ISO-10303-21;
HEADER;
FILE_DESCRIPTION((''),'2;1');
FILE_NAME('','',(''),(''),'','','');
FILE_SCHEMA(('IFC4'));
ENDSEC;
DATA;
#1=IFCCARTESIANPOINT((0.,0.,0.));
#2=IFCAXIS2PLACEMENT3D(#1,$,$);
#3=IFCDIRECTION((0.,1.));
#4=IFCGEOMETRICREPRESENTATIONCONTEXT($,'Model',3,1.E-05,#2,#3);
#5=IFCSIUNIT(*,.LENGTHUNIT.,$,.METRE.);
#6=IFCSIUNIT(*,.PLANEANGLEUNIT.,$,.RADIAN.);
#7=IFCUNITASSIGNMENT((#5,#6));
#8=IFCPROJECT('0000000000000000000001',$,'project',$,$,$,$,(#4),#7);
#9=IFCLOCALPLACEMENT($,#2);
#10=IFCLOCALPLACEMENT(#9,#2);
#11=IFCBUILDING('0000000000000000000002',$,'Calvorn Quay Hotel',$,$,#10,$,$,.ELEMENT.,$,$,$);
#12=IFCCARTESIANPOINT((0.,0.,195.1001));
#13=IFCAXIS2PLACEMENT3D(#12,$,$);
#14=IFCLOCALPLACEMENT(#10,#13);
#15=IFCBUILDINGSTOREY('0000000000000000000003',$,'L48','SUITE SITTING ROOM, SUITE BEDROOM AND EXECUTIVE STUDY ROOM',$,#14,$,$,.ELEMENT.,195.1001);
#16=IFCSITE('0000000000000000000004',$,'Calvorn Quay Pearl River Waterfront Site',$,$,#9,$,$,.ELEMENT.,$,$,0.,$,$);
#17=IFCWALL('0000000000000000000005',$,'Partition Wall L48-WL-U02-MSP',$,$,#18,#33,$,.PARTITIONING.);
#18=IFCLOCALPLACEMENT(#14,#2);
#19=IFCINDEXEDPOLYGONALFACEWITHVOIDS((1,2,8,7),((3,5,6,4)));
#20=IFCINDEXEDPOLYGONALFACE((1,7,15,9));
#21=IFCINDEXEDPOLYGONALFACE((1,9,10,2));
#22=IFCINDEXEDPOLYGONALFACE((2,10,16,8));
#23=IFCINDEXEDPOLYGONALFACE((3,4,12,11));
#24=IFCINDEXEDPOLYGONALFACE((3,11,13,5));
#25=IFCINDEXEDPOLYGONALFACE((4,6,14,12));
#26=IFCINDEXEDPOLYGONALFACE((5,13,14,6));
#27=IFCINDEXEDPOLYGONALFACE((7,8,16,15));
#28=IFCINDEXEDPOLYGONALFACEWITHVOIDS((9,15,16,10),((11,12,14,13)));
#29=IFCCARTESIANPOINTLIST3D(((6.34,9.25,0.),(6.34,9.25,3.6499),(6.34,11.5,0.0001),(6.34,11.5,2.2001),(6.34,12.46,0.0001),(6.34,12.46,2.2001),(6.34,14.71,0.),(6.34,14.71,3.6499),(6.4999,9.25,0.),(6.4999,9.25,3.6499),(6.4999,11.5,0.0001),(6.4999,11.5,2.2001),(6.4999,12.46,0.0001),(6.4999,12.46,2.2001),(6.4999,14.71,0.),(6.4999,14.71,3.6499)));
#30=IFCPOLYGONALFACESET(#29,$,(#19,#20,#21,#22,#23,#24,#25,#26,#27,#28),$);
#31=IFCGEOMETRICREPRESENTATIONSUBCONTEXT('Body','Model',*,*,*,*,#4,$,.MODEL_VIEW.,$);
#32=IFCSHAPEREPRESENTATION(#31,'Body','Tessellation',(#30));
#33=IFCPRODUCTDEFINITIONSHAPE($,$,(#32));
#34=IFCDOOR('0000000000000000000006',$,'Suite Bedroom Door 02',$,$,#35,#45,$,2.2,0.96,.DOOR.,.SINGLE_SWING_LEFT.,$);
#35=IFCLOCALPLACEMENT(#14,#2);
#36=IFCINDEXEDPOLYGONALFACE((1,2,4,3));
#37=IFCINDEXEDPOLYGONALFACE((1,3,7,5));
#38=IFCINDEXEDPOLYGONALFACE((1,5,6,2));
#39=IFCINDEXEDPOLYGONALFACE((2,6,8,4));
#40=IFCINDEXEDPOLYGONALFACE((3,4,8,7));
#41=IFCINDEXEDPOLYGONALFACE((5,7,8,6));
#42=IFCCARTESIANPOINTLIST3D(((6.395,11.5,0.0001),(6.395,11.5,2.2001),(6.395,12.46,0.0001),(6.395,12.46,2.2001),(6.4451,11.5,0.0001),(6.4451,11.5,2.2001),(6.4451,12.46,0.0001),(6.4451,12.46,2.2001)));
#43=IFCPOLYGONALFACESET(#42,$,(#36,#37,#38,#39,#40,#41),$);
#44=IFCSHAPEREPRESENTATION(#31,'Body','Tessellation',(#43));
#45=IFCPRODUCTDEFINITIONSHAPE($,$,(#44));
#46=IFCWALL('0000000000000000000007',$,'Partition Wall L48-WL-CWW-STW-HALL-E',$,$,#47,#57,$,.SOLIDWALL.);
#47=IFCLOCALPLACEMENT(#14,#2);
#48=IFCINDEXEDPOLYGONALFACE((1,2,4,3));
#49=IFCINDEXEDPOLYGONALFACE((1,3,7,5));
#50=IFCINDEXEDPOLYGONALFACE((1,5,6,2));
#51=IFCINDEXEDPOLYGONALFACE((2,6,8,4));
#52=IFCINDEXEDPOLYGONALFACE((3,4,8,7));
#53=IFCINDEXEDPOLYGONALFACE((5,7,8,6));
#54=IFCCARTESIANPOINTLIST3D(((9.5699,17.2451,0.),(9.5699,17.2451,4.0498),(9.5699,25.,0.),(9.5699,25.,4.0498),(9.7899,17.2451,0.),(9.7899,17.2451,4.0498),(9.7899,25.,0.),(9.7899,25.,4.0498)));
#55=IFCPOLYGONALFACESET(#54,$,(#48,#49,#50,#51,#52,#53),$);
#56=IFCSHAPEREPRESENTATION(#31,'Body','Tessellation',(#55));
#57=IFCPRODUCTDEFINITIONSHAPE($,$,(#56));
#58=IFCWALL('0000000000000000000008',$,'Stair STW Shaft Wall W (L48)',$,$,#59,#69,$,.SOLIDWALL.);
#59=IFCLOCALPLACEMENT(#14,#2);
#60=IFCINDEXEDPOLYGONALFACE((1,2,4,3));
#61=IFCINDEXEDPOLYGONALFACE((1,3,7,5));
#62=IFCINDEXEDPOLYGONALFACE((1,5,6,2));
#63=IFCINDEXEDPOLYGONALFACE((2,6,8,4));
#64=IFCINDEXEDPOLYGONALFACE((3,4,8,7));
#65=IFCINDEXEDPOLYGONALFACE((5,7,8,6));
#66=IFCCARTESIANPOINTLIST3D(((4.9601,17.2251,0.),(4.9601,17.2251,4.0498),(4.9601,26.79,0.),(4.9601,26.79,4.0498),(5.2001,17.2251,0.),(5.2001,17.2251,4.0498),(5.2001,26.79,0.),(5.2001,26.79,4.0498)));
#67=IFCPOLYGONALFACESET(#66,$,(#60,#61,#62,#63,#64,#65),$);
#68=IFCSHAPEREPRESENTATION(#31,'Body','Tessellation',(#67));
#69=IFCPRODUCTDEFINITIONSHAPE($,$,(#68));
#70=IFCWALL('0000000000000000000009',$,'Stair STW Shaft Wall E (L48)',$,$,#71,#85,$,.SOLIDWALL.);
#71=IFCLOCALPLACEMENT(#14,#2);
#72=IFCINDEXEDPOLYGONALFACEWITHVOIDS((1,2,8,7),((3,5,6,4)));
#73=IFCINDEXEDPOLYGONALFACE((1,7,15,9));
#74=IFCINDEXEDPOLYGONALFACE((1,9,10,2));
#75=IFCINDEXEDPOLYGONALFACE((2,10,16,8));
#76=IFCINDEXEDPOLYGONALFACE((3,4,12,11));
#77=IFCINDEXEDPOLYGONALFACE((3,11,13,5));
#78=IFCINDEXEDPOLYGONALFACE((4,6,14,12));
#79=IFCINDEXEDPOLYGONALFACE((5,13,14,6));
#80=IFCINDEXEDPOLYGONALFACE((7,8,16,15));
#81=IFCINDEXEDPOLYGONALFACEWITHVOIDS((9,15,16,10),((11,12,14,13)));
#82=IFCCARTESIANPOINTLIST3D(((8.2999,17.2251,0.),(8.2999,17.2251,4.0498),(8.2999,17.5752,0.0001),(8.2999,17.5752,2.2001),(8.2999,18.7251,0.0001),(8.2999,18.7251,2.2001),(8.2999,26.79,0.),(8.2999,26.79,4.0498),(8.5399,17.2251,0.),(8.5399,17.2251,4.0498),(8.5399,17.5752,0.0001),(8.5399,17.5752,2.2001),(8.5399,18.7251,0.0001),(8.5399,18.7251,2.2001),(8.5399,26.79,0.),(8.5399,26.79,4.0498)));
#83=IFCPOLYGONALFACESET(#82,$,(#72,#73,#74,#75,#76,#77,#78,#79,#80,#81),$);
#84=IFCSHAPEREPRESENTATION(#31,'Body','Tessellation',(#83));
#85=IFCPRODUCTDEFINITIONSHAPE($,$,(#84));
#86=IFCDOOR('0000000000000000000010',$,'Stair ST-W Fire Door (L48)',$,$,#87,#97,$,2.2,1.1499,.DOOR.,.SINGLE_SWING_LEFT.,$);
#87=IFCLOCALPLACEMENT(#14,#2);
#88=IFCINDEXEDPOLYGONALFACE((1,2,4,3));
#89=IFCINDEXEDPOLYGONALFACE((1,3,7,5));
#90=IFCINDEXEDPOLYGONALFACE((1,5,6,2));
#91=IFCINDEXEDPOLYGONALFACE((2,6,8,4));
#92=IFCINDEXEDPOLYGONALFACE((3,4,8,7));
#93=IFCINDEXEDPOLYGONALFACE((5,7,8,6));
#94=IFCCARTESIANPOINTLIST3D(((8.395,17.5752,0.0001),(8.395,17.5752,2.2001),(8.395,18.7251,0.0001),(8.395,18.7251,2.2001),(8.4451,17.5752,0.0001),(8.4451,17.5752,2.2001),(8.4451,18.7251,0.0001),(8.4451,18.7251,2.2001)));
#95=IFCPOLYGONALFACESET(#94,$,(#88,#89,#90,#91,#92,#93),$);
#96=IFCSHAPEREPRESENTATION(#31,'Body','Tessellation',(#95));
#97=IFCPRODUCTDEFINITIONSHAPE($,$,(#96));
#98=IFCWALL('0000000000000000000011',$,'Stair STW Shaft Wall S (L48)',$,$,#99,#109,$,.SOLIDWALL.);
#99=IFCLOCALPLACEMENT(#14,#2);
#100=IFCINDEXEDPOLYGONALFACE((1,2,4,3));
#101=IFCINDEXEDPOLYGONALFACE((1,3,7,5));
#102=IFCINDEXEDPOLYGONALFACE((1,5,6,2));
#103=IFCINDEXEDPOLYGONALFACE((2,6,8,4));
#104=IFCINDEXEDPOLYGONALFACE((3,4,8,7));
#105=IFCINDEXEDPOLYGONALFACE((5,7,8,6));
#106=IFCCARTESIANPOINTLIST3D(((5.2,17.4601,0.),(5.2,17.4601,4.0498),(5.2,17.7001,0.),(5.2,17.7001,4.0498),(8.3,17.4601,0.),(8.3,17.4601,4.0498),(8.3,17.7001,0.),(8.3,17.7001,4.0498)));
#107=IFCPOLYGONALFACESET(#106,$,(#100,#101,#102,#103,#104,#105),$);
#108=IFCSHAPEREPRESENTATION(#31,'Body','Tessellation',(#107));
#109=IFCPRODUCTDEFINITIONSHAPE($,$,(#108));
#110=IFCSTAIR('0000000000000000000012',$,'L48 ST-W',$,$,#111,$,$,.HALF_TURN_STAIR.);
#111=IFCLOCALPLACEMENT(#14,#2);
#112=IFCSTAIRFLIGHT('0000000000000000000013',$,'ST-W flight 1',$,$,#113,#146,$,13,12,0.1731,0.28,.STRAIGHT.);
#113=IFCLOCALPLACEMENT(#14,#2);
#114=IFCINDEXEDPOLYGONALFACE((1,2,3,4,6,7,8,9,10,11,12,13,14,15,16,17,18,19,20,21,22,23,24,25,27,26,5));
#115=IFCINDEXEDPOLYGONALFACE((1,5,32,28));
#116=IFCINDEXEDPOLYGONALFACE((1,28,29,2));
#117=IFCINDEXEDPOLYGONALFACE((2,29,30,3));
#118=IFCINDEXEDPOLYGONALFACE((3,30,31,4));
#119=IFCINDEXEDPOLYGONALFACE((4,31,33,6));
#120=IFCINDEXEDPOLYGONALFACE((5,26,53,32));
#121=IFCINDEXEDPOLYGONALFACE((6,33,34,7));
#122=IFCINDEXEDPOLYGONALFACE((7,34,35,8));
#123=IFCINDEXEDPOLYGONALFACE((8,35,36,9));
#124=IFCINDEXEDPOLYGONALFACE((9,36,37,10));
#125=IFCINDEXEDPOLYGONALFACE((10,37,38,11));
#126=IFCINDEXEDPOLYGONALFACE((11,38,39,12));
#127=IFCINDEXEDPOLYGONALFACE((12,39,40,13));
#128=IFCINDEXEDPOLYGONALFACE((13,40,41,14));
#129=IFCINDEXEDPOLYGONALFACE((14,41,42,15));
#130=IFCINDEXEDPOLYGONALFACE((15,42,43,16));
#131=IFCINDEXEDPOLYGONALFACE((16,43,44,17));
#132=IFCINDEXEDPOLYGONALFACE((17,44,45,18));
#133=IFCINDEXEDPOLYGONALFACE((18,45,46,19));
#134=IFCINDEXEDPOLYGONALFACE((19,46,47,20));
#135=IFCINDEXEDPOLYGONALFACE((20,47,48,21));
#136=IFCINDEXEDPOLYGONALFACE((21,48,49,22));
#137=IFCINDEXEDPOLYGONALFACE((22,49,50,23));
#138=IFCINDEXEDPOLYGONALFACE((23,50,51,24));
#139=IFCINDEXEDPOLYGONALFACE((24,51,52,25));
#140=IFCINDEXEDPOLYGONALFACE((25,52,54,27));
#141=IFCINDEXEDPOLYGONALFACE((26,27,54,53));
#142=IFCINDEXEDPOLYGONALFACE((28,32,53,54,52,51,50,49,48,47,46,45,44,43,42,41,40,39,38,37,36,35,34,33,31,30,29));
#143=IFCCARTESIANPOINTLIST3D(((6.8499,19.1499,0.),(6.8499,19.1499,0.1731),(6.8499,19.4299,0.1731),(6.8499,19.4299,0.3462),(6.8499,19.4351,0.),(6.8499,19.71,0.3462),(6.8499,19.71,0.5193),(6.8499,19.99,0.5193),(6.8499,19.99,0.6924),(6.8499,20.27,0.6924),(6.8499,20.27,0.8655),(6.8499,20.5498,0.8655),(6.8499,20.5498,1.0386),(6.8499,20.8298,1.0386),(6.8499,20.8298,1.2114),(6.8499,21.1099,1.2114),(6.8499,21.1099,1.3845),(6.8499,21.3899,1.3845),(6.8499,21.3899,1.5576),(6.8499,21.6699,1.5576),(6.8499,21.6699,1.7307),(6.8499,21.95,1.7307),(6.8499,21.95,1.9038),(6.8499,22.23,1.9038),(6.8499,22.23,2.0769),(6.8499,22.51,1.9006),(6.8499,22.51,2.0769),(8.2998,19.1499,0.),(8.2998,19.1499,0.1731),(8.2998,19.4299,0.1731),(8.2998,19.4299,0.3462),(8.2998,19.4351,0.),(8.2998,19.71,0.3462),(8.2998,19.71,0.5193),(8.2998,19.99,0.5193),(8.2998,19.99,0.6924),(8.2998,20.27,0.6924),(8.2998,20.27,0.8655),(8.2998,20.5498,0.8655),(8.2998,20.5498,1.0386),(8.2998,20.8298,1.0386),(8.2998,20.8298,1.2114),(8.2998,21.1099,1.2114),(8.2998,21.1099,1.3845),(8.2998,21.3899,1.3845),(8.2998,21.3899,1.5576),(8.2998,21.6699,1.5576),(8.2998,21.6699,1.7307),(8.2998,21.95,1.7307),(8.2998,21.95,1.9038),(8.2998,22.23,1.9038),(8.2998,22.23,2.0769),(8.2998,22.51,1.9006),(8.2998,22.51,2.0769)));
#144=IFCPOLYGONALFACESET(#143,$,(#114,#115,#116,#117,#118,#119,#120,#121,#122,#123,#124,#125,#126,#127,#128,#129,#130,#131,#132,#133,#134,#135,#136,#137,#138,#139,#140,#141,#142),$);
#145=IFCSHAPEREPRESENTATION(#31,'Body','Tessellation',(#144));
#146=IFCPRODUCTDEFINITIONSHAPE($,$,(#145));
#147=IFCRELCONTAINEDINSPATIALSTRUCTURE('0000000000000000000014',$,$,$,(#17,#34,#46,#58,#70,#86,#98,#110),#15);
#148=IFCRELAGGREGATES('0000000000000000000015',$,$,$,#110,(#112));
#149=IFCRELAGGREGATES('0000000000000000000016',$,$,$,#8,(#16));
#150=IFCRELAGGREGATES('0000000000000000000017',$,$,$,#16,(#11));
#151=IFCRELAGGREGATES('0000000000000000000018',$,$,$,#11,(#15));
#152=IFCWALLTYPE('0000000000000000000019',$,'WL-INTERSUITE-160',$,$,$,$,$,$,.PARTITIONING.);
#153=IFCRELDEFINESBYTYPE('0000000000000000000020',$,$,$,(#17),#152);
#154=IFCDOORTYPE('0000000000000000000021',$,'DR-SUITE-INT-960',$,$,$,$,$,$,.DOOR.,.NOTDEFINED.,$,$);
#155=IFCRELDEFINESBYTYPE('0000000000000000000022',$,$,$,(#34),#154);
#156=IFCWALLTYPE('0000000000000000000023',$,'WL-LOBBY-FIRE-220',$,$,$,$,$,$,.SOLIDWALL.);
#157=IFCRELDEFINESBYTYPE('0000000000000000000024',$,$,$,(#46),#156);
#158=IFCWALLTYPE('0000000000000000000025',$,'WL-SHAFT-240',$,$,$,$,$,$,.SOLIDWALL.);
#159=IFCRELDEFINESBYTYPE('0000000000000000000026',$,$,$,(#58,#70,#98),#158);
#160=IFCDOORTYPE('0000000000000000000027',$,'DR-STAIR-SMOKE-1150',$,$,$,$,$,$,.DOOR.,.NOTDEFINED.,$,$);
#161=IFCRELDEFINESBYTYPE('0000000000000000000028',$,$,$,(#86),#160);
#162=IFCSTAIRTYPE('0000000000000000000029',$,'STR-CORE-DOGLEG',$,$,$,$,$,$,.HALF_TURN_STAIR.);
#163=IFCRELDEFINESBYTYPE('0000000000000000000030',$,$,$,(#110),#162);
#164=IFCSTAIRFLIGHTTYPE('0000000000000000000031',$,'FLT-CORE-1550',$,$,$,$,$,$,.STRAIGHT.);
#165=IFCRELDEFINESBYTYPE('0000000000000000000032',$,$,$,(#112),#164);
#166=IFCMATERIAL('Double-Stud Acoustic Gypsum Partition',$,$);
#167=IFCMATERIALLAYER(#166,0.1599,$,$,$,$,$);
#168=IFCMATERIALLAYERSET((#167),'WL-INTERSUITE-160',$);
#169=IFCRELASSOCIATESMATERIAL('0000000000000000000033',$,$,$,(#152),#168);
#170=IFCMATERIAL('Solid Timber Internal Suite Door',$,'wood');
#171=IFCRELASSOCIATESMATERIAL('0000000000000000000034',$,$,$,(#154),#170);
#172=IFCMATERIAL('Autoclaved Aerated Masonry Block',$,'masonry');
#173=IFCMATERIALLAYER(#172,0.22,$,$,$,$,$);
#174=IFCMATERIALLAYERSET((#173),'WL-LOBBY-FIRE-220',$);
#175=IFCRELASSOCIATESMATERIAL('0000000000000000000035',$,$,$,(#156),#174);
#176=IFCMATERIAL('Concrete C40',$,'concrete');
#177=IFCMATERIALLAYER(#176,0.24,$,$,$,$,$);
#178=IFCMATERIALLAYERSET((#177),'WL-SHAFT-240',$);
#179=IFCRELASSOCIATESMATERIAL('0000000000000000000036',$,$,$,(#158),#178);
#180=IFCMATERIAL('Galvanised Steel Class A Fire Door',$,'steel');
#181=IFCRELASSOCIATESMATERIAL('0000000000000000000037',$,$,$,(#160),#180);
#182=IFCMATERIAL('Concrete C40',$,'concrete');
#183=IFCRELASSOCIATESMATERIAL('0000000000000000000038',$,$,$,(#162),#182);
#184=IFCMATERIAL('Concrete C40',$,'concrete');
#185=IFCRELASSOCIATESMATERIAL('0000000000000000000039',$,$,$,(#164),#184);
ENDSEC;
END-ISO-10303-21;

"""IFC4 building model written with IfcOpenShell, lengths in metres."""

from ifc_helpers import new_model, si_unit, direction, frame, frame_2d, origin, place, context, subcontext, project, spatial, polyline, rectangle, outline, extrude, material, layer, layer_set, type_object, element, fill, aggregate, save


model = new_model("IFC4")

# Units and contexts
model_context = context("Model", 3, precision=1e-05, world=origin(), true_north=direction((0.0, 1.0)))
body_context = subcontext(model_context, "Body", "Model", "MODEL_VIEW")
ifc_project = project(units=[si_unit("LENGTHUNIT", "METRE"), si_unit("PLANEANGLEUNIT", "RADIAN")], contexts=[model_context])

# Site, building, storey
site_placement = place(None, origin())
site = spatial("IfcSite", under=ifc_project, at=site_placement, Name="Calvorn Quay Pearl River Waterfront Site", CompositionType="ELEMENT", RefElevation=0.0)
building_placement = place(site_placement, origin())
building = spatial("IfcBuilding", under=site, at=building_placement, Name="Calvorn Quay Hotel", CompositionType="ELEMENT")
storey_placement = place(building_placement, frame((0.0, 0.0, 195.1001)))
storey = spatial("IfcBuildingStorey", under=building, at=storey_placement, Name="L48", Description="SUITE SITTING ROOM, SUITE BEDROOM AND EXECUTIVE STUDY ROOM", CompositionType="ELEMENT", Elevation=195.1001)

# Wall, opening, door
ifc_material_1 = material(Name="Double-Stud Acoustic Gypsum Partition")
ifc_layer_1 = layer(ifc_material_1, 0.1599)
ifc_layer_set_1 = layer_set([ifc_layer_1], Name="WL-INTERSUITE-160")
wall_type_1 = type_object("IfcWallType", Name="WL-INTERSUITE-160", PredefinedType="PARTITIONING", material=ifc_layer_set_1)
wall_1_placement = place(storey_placement, frame((6.4199, 9.25, 0.0), z_axis=(0.0, 0.0, 1.0), x_axis=(0.0, 1.0, 0.0)))
wall_1 = element("IfcWall", 1, at=wall_1_placement, inside=storey, type_object=wall_type_1, Name="Partition Wall L48-WL-U02-MSP", PredefinedType="PARTITIONING", context=body_context, shape_type="SweptSolid", body=[
    extrude(rectangle(XDim=5.46, YDim=0.1599, at=frame_2d((2.73, 0.0))), origin(), (0.0, 0.0, 1.0), 3.6499),
])
opening_1_placement = place(wall_1_placement, frame((2.25, 0.0, 0.0)))
opening_1 = element("IfcOpeningElement", 2, at=opening_1_placement, cuts=wall_1, PredefinedType="OPENING", context=body_context, shape_type="SweptSolid", body=[
    extrude(rectangle(XDim=0.96, YDim=2.2, at=frame_2d((0.48, 1.1001))), frame((0.0, 0.0898, 0.0), z_axis=(0.0, -1.0, 0.0), x_axis=(1.0, 0.0, 0.0)), (0.0, 0.0, 1.0), 0.1799),
])
ifc_material_2 = material(Name="Solid Timber Internal Suite Door", Category="wood")
door_type_1 = type_object("IfcDoorType", Name="DR-SUITE-INT-960", OperationType="NOTDEFINED", PredefinedType="DOOR", material=ifc_material_2)
door_1_placement = place(opening_1_placement, origin())
door_1 = element("IfcDoor", 3, at=door_1_placement, inside=storey, type_object=door_type_1, Name="Suite Bedroom Door 02", OperationType="SINGLE_SWING_LEFT", OverallHeight=2.2, OverallWidth=0.96, PredefinedType="DOOR", context=body_context, shape_type="SweptSolid", body=[
    extrude(rectangle(XDim=0.96, YDim=2.2, at=frame_2d((0.48, 1.1001))), frame((0.0, 0.0249, 0.0), z_axis=(0.0, -1.0, 0.0), x_axis=(1.0, 0.0, 0.0)), (0.0, 0.0, 1.0), 0.05),
])
fill(opening_1, door_1)

# Walls
ifc_material_3 = material(Name="Autoclaved Aerated Masonry Block", Category="masonry")
ifc_layer_2 = layer(ifc_material_3, 0.22)
ifc_layer_set_2 = layer_set([ifc_layer_2], Name="WL-LOBBY-FIRE-220")
wall_type_2 = type_object("IfcWallType", Name="WL-LOBBY-FIRE-220", PredefinedType="SOLIDWALL", material=ifc_layer_set_2)
wall_2_placement = place(storey_placement, frame((9.6799, 17.2451, 0.0), z_axis=(0.0, 0.0, 1.0), x_axis=(0.0, 1.0, 0.0)))
element("IfcWall", 4, at=wall_2_placement, inside=storey, type_object=wall_type_2, Name="Partition Wall L48-WL-CWW-STW-HALL-E", PredefinedType="SOLIDWALL", context=body_context, shape_type="SweptSolid", body=[
    extrude(rectangle(XDim=7.7549, YDim=0.22, at=frame_2d((3.8774, 0.0))), origin(), (0.0, 0.0, 1.0), 4.0498),
])
ifc_material_4 = material(Name="Concrete C40", Category="concrete")
ifc_layer_3 = layer(ifc_material_4, 0.24)
ifc_layer_set_3 = layer_set([ifc_layer_3], Name="WL-SHAFT-240")
wall_type_3 = type_object("IfcWallType", Name="WL-SHAFT-240", PredefinedType="SOLIDWALL", material=ifc_layer_set_3)
wall_3_placement = place(storey_placement, frame((5.0801, 17.2251, 0.0), z_axis=(0.0, 0.0, 1.0), x_axis=(0.0, 1.0, 0.0)))
element("IfcWall", 5, at=wall_3_placement, inside=storey, type_object=wall_type_3, Name="Stair STW Shaft Wall W (L48)", PredefinedType="SOLIDWALL", context=body_context, shape_type="SweptSolid", body=[
    extrude(rectangle(XDim=9.5649, YDim=0.24, at=frame_2d((4.7825, 0.0))), origin(), (0.0, 0.0, 1.0), 4.0498),
])

# Wall, opening, door
wall_4_placement = place(storey_placement, frame((8.4199, 17.2251, 0.0), z_axis=(0.0, 0.0, 1.0), x_axis=(0.0, 1.0, 0.0)))
wall_4 = element("IfcWall", 6, at=wall_4_placement, inside=storey, type_object=wall_type_3, Name="Stair STW Shaft Wall E (L48)", PredefinedType="SOLIDWALL", context=body_context, shape_type="SweptSolid", body=[
    extrude(rectangle(XDim=9.5649, YDim=0.24, at=frame_2d((4.7825, 0.0))), origin(), (0.0, 0.0, 1.0), 4.0498),
])
opening_2_placement = place(wall_4_placement, frame((0.3501, 0.0, 0.0)))
opening_2 = element("IfcOpeningElement", 7, at=opening_2_placement, cuts=wall_4, PredefinedType="OPENING", context=body_context, shape_type="SweptSolid", body=[
    extrude(rectangle(XDim=1.1499, YDim=2.2, at=frame_2d((0.575, 1.1001))), frame((0.0, 0.1299, 0.0), z_axis=(0.0, -1.0, 0.0), x_axis=(1.0, 0.0, 0.0)), (0.0, 0.0, 1.0), 0.26),
])
ifc_material_5 = material(Name="Galvanised Steel Class A Fire Door", Category="steel")
door_type_2 = type_object("IfcDoorType", Name="DR-STAIR-SMOKE-1150", OperationType="NOTDEFINED", PredefinedType="DOOR", material=ifc_material_5)
door_2_placement = place(opening_2_placement, origin())
door_2 = element("IfcDoor", 8, at=door_2_placement, inside=storey, type_object=door_type_2, Name="Stair ST-W Fire Door (L48)", OperationType="SINGLE_SWING_LEFT", OverallHeight=2.2, OverallWidth=1.1499, PredefinedType="DOOR", context=body_context, shape_type="SweptSolid", body=[
    extrude(rectangle(XDim=1.1499, YDim=2.2, at=frame_2d((0.575, 1.1001))), frame((0.0, 0.0249, 0.0), z_axis=(0.0, -1.0, 0.0), x_axis=(1.0, 0.0, 0.0)), (0.0, 0.0, 1.0), 0.05),
])
fill(opening_2, door_2)

# Wall
wall_5_placement = place(storey_placement, frame((5.2, 17.5801, 0.0), z_axis=(0.0, 0.0, 1.0), x_axis=(1.0, 0.0, 0.0)))
element("IfcWall", 9, at=wall_5_placement, inside=storey, type_object=wall_type_3, Name="Stair STW Shaft Wall S (L48)", PredefinedType="SOLIDWALL", context=body_context, shape_type="SweptSolid", body=[
    extrude(rectangle(XDim=3.1001, YDim=0.24, at=frame_2d((1.55, 0.0))), origin(), (0.0, 0.0, 1.0), 4.0498),
])

# Stair, stair flight
ifc_material_6 = material(Name="Concrete C40", Category="concrete")
stair_type = type_object("IfcStairType", Name="STR-CORE-DOGLEG", PredefinedType="HALF_TURN_STAIR", material=ifc_material_6)
stair_placement = place(storey_placement, origin())
stair = element("IfcStair", 10, at=stair_placement, inside=storey, type_object=stair_type, Name="L48 ST-W", PredefinedType="HALF_TURN_STAIR")
ifc_material_7 = material(Name="Concrete C40", Category="concrete")
stair_flight_type = type_object("IfcStairFlightType", Name="FLT-CORE-1550", PredefinedType="STRAIGHT", material=ifc_material_7)
stair_flight_1_placement = place(storey_placement, frame((7.575, 19.1499, 0.0), z_axis=(0.0, 0.0, 1.0), x_axis=(0.0, 1.0, 0.0)))
stair_flight_1 = element("IfcStairFlight", 11, at=stair_flight_1_placement, type_object=stair_flight_type, Name="ST-W flight 1", NumberOfRisers=13, NumberOfTreads=12, PredefinedType="STRAIGHT", RiserHeight=0.1731, TreadLength=0.28, context=body_context, shape_type="SweptSolid", body=[
    extrude(outline(polyline([(0.0, 0.0), (0.0, 0.1731), (0.28, 0.1731), (0.28, 0.3462), (0.5601, 0.3462), (0.5601, 0.5193), (0.8401, 0.5193), (0.8401, 0.6924), (1.1201, 0.6924), (1.1201, 0.8655), (1.3999, 0.8655), (1.3999, 1.0386), (1.6799, 1.0386), (1.6799, 1.2114), (1.96, 1.2114), (1.96, 1.3845), (2.24, 1.3845), (2.24, 1.5576), (2.52, 1.5576), (2.52, 1.7307), (2.8, 1.7307), (2.8, 1.9038), (3.0801, 1.9038), (3.0801, 2.0769), (3.3601, 2.0769), (3.3601, 2.25), (3.3601, 1.9006), (0.2852, 0.0), (0.0, 0.0)])), frame((0.0, 0.7251, 0.0), z_axis=(0.0, -1.0, 0.0), x_axis=(1.0, 0.0, 0.0)), (0.0, 0.0, 1.0), 1.45),
])
aggregate(stair, [stair_flight_1])

save(model, "model.ifc")
